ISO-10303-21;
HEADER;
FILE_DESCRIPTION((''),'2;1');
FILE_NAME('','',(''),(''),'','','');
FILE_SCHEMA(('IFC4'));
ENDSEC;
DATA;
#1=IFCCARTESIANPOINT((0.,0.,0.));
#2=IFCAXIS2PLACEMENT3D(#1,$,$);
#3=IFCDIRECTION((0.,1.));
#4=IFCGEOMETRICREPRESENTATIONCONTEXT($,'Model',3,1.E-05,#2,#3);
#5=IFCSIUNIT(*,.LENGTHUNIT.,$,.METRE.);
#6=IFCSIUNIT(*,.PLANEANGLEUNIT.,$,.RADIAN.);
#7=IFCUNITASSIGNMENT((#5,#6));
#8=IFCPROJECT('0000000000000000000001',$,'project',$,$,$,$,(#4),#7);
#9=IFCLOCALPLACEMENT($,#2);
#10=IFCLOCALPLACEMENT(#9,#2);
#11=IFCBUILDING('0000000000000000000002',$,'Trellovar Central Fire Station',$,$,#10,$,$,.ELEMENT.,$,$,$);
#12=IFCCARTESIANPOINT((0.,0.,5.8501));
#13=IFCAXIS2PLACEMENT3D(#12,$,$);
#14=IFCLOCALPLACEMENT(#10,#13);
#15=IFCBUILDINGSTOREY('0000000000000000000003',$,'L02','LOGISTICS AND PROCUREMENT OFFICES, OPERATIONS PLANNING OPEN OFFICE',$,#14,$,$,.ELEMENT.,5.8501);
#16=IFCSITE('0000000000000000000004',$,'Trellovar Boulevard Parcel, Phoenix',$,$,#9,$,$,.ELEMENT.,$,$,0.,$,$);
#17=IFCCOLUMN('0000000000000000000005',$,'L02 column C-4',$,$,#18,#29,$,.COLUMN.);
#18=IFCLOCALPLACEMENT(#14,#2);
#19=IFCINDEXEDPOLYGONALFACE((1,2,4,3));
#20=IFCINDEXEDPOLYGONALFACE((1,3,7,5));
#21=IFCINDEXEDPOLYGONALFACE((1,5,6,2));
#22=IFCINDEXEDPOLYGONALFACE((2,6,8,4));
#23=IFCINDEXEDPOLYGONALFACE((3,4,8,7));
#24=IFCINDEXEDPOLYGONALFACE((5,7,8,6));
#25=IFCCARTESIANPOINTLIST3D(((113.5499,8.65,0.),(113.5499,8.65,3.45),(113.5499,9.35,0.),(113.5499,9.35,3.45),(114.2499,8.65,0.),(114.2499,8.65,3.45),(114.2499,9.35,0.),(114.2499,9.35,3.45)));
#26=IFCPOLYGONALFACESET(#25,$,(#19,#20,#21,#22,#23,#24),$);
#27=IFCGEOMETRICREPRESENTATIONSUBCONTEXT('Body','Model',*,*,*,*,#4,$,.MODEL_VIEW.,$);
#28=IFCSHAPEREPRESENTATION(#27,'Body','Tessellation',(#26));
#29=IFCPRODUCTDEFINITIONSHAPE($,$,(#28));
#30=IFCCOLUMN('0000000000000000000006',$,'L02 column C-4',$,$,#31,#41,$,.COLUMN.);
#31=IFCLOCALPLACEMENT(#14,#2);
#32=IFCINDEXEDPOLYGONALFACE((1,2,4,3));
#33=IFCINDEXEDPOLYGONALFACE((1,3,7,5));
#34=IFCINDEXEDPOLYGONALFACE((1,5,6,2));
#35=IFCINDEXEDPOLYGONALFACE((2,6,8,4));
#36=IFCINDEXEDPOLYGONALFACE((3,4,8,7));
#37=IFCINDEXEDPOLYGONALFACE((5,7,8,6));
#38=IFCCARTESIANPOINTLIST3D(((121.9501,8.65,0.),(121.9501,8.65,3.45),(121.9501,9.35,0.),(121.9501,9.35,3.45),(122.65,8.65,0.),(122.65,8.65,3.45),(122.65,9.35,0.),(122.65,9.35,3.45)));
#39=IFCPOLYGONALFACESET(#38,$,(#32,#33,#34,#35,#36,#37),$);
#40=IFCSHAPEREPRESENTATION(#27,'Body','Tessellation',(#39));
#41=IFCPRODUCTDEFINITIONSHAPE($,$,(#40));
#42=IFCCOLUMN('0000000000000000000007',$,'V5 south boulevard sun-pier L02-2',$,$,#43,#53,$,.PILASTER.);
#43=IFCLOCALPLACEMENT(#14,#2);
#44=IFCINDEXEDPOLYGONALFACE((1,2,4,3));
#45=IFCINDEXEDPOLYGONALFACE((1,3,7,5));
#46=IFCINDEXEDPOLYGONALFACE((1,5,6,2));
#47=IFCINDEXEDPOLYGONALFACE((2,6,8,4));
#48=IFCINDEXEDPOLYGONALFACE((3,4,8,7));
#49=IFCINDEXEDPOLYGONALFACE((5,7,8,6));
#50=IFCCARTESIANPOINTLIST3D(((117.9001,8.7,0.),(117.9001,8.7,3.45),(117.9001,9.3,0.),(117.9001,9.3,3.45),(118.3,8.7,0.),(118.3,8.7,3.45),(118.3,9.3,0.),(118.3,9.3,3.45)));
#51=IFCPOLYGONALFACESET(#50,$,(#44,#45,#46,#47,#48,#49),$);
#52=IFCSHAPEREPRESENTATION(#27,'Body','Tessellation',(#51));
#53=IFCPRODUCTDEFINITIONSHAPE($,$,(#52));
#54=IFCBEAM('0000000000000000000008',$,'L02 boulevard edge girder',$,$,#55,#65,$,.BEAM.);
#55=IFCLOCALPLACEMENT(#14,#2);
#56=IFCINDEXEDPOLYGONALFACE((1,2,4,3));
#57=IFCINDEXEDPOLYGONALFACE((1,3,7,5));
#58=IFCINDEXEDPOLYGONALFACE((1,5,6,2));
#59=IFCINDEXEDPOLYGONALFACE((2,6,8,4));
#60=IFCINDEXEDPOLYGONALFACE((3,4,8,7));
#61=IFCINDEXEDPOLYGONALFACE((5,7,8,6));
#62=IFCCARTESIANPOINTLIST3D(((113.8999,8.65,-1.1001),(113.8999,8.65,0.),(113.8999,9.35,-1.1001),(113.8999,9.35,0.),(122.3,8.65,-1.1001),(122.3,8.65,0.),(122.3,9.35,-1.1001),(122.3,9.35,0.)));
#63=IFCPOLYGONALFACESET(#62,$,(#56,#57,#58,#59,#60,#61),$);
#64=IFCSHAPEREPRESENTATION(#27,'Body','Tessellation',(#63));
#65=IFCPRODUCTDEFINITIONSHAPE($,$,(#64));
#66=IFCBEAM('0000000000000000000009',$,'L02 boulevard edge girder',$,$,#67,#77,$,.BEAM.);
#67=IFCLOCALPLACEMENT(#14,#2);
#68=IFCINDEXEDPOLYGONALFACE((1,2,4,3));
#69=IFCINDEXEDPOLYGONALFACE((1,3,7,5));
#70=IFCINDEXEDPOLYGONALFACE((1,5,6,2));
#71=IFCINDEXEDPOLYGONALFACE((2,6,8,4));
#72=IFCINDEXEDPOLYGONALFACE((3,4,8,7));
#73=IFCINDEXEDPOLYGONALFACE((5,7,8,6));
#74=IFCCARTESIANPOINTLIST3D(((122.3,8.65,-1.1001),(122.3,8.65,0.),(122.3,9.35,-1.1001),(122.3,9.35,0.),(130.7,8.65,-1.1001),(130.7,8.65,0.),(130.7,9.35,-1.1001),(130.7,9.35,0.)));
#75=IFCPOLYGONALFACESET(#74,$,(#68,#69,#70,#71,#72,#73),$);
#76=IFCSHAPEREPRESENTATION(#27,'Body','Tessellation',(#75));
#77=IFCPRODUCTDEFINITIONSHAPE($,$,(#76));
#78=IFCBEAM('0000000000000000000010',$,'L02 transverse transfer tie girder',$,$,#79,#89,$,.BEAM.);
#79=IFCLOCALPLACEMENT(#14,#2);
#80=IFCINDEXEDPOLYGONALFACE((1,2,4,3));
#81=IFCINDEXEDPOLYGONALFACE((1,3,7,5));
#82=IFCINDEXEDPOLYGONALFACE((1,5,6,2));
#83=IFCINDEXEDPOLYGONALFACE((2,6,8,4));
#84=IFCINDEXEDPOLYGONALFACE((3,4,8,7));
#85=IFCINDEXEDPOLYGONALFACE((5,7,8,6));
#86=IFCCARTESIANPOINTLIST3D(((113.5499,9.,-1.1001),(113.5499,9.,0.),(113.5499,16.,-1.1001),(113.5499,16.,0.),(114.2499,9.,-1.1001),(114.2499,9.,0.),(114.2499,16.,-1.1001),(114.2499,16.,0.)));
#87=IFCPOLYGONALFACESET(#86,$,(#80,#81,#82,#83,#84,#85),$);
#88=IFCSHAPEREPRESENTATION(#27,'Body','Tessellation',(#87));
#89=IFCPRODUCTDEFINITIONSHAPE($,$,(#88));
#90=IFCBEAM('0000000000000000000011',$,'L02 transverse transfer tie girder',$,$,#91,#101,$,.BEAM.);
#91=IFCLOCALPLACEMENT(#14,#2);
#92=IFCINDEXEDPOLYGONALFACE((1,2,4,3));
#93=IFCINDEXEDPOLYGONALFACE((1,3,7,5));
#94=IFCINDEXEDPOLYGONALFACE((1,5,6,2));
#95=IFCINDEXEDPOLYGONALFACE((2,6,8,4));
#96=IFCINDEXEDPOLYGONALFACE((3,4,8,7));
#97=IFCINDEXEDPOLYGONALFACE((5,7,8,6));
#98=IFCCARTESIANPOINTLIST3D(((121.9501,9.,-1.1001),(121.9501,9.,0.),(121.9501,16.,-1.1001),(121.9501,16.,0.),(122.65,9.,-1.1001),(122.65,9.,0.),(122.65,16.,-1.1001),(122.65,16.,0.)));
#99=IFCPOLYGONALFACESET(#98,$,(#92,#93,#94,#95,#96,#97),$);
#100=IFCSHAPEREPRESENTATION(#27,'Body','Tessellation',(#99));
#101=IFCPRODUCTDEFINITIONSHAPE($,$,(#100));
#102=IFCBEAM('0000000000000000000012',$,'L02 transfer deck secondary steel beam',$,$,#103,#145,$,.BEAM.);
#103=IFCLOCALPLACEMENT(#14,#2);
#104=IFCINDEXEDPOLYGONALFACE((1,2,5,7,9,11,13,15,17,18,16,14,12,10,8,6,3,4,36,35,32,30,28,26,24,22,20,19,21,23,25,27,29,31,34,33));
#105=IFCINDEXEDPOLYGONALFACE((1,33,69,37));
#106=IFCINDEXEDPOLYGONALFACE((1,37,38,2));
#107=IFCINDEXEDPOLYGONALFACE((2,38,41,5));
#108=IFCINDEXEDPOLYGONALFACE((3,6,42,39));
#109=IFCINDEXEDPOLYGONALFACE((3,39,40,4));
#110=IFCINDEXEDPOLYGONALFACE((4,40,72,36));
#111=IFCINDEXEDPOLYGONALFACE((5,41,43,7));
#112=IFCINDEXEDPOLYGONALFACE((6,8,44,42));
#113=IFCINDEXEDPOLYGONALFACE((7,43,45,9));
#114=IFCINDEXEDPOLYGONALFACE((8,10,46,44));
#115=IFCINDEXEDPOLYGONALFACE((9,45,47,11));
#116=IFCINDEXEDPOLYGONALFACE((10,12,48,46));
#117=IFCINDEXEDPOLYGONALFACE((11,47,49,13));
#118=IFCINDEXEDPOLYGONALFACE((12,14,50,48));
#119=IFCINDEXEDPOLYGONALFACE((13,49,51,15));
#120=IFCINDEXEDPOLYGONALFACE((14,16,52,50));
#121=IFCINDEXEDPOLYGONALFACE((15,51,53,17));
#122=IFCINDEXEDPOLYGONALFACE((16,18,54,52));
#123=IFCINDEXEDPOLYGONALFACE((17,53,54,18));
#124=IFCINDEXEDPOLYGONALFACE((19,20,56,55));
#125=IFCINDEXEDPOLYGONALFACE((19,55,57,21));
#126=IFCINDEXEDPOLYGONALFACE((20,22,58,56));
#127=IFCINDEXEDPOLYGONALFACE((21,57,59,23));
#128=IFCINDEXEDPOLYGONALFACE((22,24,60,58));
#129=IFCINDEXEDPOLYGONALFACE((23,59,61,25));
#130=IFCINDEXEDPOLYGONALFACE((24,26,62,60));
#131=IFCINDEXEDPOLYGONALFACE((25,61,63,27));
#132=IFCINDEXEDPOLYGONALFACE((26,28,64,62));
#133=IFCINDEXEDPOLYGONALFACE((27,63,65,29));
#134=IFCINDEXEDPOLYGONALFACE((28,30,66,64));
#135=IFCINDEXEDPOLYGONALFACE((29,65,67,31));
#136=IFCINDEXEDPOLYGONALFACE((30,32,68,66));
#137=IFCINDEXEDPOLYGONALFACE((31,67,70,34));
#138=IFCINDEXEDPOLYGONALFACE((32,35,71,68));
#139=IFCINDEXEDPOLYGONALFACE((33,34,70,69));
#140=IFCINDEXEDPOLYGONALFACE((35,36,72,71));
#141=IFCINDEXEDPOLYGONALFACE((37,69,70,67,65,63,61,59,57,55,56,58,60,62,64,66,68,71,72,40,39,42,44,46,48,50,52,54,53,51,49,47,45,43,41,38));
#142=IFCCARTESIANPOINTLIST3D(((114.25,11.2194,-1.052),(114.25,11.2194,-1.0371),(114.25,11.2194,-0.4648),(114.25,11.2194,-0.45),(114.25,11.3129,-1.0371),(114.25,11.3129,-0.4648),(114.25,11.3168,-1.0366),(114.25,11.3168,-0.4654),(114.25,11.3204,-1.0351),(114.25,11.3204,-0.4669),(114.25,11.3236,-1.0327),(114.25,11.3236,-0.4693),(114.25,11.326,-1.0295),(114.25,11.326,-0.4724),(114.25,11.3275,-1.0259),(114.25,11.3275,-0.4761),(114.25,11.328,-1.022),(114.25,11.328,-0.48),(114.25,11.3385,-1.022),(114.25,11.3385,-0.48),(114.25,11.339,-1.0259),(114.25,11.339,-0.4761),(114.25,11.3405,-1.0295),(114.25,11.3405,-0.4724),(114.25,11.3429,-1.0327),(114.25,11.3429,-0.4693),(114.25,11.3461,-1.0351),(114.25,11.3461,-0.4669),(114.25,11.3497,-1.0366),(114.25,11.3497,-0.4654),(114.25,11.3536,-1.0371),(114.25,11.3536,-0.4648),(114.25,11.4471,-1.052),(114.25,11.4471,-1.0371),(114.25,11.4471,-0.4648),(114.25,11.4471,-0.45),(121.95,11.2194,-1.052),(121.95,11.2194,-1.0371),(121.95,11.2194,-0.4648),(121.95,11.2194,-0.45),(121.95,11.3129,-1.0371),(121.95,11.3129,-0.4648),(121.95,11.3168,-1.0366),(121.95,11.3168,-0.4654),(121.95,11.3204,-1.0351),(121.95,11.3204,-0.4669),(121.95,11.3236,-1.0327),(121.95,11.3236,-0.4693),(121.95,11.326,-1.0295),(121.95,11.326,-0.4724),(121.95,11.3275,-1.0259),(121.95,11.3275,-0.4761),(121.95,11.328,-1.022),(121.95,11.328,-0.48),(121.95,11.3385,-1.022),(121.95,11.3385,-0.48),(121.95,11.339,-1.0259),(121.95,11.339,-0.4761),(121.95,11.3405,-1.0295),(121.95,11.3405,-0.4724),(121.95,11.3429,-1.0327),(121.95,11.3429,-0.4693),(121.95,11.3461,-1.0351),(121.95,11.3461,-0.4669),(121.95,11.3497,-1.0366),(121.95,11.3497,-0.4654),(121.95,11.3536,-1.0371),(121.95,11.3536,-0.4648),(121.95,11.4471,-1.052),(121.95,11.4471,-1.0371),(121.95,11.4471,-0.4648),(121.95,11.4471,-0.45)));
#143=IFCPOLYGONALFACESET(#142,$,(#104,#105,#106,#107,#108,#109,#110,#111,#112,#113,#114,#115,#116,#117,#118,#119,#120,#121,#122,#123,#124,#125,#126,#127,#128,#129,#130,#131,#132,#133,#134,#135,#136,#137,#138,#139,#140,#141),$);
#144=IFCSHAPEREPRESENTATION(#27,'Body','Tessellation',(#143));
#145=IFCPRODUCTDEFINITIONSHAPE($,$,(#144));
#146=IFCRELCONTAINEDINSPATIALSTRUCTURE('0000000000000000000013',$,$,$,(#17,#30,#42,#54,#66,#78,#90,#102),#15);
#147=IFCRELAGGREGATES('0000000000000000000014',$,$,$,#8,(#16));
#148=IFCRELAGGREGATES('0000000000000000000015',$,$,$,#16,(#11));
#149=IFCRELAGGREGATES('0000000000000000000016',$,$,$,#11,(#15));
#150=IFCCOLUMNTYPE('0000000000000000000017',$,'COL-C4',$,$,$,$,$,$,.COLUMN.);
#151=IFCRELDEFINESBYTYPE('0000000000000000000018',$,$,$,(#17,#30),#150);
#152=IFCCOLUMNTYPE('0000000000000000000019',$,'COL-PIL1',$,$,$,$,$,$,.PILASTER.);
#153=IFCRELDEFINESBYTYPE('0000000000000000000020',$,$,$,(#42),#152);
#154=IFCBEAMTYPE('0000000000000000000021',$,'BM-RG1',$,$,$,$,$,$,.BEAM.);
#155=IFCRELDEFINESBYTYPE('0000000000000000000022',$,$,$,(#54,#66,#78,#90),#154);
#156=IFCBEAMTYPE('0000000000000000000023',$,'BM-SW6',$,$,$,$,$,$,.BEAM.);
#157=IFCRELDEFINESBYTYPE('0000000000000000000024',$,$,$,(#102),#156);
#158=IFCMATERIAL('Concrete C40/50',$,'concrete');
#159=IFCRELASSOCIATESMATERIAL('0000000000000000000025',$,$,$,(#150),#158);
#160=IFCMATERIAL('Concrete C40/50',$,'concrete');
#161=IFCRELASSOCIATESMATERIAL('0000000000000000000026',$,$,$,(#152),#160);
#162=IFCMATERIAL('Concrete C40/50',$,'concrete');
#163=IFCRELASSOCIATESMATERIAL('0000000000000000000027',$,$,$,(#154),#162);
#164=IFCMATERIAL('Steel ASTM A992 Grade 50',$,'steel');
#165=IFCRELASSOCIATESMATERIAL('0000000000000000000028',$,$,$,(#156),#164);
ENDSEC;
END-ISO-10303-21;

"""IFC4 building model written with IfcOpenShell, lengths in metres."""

from ifc_helpers import new_model, si_unit, direction, frame, origin, origin_2d, place, context, subcontext, project, spatial, rectangle, i_section, extrude, material, material_profile, profile_set, type_object, element, save


model = new_model("IFC4")

# Units and contexts
model_context = context("Model", 3, precision=1e-05, world=origin(), true_north=direction((0.0, 1.0)))
body_context = subcontext(model_context, "Body", "Model", "MODEL_VIEW")
ifc_project = project(units=[si_unit("LENGTHUNIT", "METRE"), si_unit("PLANEANGLEUNIT", "RADIAN")], contexts=[model_context])

# Site, building, storey
site_placement = place(None, origin())
site = spatial("IfcSite", under=ifc_project, at=site_placement, Name="Trellovar Boulevard Parcel, Phoenix", CompositionType="ELEMENT", RefElevation=0.0)
building_placement = place(site_placement, origin())
building = spatial("IfcBuilding", under=site, at=building_placement, Name="Trellovar Central Fire Station", CompositionType="ELEMENT")
storey_placement = place(building_placement, frame((0.0, 0.0, 5.8501)))
storey = spatial("IfcBuildingStorey", under=building, at=storey_placement, Name="L02", Description="LOGISTICS AND PROCUREMENT OFFICES, OPERATIONS PLANNING OPEN OFFICE", CompositionType="ELEMENT", Elevation=5.8501)

# Columns
ifc_material_1 = material(Name="Concrete C40/50", Category="concrete")
ifc_material_profile_1 = material_profile(ifc_material_1, rectangle(XDim=0.7, YDim=0.7, at=origin_2d()), Name="RC700X700")
ifc_profile_set_1 = profile_set([ifc_material_profile_1], Name="Concrete C40/50")
column_type_1 = type_object("IfcColumnType", Name="COL-C4", PredefinedType="COLUMN", material=ifc_profile_set_1)
for number, where, z_axis, x_axis, name in (
    (1, (113.8999, 9.0, 0.0), (0.0, 0.0, 1.0), (1.0, 0.0, 0.0), "L02 column C-4"),
    (2, (122.3, 9.0, 0.0), (0.0, 0.0, 1.0), (1.0, 0.0, 0.0), "L02 column C-4"),
):
    element("IfcColumn", number, at=place(storey_placement, frame(where, z_axis=z_axis, x_axis=x_axis)), inside=storey, type_object=column_type_1, Name=name, PredefinedType="COLUMN", context=body_context, shape_type="SweptSolid", body=[
        extrude(rectangle(XDim=0.7, YDim=0.7, at=origin_2d()), origin(), (0.0, 0.0, 1.0), 3.45),
    ])
ifc_material_2 = material(Name="Concrete C40/50", Category="concrete")
ifc_material_profile_2 = material_profile(ifc_material_2, rectangle(XDim=0.3999, YDim=0.6001, at=origin_2d()), Name="RC400X600")
ifc_profile_set_2 = profile_set([ifc_material_profile_2], Name="Concrete C40/50")
column_type_2 = type_object("IfcColumnType", Name="COL-PIL1", PredefinedType="PILASTER", material=ifc_profile_set_2)
column_placement = place(storey_placement, frame((118.1001, 9.0, 0.0), z_axis=(0.0, 0.0, 1.0), x_axis=(1.0, 0.0, 0.0)))
element("IfcColumn", 3, at=column_placement, inside=storey, type_object=column_type_2, Name="V5 south boulevard sun-pier L02-2", PredefinedType="PILASTER", context=body_context, shape_type="SweptSolid", body=[
    extrude(rectangle(XDim=0.3999, YDim=0.6001, at=origin_2d()), origin(), (0.0, 0.0, 1.0), 3.45),
])

# Beams
ifc_material_3 = material(Name="Concrete C40/50", Category="concrete")
ifc_material_profile_3 = material_profile(ifc_material_3, rectangle(XDim=0.7, YDim=1.1001, at=origin_2d()), Name="RC700X1100")
ifc_profile_set_3 = profile_set([ifc_material_profile_3], Name="Concrete C40/50")
beam_type_1 = type_object("IfcBeamType", Name="BM-RG1", PredefinedType="BEAM", material=ifc_profile_set_3)
beam_1_placement = place(storey_placement, frame((113.8999, 9.0, -0.55), z_axis=(1.0, 0.0, 0.0), x_axis=(0.0, 1.0, 0.0)))
element("IfcBeam", 4, at=beam_1_placement, inside=storey, type_object=beam_type_1, Name="L02 boulevard edge girder", PredefinedType="BEAM", context=body_context, shape_type="SweptSolid", body=[
    extrude(rectangle(XDim=0.7, YDim=1.1001, at=origin_2d()), origin(), (0.0, 0.0, 1.0), 8.4001),
])
beam_2_placement = place(storey_placement, frame((122.3, 9.0, -0.55), z_axis=(1.0, 0.0, 0.0), x_axis=(0.0, 1.0, 0.0)))
element("IfcBeam", 5, at=beam_2_placement, inside=storey, type_object=beam_type_1, Name="L02 boulevard edge girder", PredefinedType="BEAM", context=body_context, shape_type="SweptSolid", body=[
    extrude(rectangle(XDim=0.7, YDim=1.1001, at=origin_2d()), origin(), (0.0, 0.0, 1.0), 8.3999),
])
for number, where, z_axis, x_axis, name in (
    (6, (113.8999, 9.0, -0.55), (0.0, 1.0, 0.0), (-1.0, 0.0, 0.0), "L02 transverse transfer tie girder"),
    (7, (122.3, 9.0, -0.55), (0.0, 1.0, 0.0), (-1.0, 0.0, 0.0), "L02 transverse transfer tie girder"),
):
    element("IfcBeam", number, at=place(storey_placement, frame(where, z_axis=z_axis, x_axis=x_axis)), inside=storey, type_object=beam_type_1, Name=name, PredefinedType="BEAM", context=body_context, shape_type="SweptSolid", body=[
        extrude(rectangle(XDim=0.7, YDim=1.1001, at=origin_2d()), origin(), (0.0, 0.0, 1.0), 7.0),
    ])
ifc_material_4 = material(Name="Steel ASTM A992 Grade 50", Category="steel")
ifc_material_profile_4 = material_profile(ifc_material_4, i_section(OverallWidth=0.2278, OverallDepth=0.6021, WebThickness=0.0105, FlangeThickness=0.0149, FilletRadius=0.0151, at=origin_2d()), Name="W24X68")
ifc_profile_set_4 = profile_set([ifc_material_profile_4], Name="Steel ASTM A992 Grade 50")
beam_type_2 = type_object("IfcBeamType", Name="BM-SW6", PredefinedType="BEAM", material=ifc_profile_set_4)
beam_3_placement = place(storey_placement, frame((114.25, 11.3333, -0.751), z_axis=(1.0, 0.0, 0.0), x_axis=(0.0, 1.0, 0.0)))
element("IfcBeam", 8, at=beam_3_placement, inside=storey, type_object=beam_type_2, Name="L02 transfer deck secondary steel beam", PredefinedType="BEAM", context=body_context, shape_type="SweptSolid", body=[
    extrude(i_section(OverallWidth=0.2278, OverallDepth=0.6021, WebThickness=0.0105, FlangeThickness=0.0149, FilletRadius=0.0151, at=origin_2d()), origin(), (0.0, 0.0, 1.0), 7.7),
])

save(model, "model.ifc")
